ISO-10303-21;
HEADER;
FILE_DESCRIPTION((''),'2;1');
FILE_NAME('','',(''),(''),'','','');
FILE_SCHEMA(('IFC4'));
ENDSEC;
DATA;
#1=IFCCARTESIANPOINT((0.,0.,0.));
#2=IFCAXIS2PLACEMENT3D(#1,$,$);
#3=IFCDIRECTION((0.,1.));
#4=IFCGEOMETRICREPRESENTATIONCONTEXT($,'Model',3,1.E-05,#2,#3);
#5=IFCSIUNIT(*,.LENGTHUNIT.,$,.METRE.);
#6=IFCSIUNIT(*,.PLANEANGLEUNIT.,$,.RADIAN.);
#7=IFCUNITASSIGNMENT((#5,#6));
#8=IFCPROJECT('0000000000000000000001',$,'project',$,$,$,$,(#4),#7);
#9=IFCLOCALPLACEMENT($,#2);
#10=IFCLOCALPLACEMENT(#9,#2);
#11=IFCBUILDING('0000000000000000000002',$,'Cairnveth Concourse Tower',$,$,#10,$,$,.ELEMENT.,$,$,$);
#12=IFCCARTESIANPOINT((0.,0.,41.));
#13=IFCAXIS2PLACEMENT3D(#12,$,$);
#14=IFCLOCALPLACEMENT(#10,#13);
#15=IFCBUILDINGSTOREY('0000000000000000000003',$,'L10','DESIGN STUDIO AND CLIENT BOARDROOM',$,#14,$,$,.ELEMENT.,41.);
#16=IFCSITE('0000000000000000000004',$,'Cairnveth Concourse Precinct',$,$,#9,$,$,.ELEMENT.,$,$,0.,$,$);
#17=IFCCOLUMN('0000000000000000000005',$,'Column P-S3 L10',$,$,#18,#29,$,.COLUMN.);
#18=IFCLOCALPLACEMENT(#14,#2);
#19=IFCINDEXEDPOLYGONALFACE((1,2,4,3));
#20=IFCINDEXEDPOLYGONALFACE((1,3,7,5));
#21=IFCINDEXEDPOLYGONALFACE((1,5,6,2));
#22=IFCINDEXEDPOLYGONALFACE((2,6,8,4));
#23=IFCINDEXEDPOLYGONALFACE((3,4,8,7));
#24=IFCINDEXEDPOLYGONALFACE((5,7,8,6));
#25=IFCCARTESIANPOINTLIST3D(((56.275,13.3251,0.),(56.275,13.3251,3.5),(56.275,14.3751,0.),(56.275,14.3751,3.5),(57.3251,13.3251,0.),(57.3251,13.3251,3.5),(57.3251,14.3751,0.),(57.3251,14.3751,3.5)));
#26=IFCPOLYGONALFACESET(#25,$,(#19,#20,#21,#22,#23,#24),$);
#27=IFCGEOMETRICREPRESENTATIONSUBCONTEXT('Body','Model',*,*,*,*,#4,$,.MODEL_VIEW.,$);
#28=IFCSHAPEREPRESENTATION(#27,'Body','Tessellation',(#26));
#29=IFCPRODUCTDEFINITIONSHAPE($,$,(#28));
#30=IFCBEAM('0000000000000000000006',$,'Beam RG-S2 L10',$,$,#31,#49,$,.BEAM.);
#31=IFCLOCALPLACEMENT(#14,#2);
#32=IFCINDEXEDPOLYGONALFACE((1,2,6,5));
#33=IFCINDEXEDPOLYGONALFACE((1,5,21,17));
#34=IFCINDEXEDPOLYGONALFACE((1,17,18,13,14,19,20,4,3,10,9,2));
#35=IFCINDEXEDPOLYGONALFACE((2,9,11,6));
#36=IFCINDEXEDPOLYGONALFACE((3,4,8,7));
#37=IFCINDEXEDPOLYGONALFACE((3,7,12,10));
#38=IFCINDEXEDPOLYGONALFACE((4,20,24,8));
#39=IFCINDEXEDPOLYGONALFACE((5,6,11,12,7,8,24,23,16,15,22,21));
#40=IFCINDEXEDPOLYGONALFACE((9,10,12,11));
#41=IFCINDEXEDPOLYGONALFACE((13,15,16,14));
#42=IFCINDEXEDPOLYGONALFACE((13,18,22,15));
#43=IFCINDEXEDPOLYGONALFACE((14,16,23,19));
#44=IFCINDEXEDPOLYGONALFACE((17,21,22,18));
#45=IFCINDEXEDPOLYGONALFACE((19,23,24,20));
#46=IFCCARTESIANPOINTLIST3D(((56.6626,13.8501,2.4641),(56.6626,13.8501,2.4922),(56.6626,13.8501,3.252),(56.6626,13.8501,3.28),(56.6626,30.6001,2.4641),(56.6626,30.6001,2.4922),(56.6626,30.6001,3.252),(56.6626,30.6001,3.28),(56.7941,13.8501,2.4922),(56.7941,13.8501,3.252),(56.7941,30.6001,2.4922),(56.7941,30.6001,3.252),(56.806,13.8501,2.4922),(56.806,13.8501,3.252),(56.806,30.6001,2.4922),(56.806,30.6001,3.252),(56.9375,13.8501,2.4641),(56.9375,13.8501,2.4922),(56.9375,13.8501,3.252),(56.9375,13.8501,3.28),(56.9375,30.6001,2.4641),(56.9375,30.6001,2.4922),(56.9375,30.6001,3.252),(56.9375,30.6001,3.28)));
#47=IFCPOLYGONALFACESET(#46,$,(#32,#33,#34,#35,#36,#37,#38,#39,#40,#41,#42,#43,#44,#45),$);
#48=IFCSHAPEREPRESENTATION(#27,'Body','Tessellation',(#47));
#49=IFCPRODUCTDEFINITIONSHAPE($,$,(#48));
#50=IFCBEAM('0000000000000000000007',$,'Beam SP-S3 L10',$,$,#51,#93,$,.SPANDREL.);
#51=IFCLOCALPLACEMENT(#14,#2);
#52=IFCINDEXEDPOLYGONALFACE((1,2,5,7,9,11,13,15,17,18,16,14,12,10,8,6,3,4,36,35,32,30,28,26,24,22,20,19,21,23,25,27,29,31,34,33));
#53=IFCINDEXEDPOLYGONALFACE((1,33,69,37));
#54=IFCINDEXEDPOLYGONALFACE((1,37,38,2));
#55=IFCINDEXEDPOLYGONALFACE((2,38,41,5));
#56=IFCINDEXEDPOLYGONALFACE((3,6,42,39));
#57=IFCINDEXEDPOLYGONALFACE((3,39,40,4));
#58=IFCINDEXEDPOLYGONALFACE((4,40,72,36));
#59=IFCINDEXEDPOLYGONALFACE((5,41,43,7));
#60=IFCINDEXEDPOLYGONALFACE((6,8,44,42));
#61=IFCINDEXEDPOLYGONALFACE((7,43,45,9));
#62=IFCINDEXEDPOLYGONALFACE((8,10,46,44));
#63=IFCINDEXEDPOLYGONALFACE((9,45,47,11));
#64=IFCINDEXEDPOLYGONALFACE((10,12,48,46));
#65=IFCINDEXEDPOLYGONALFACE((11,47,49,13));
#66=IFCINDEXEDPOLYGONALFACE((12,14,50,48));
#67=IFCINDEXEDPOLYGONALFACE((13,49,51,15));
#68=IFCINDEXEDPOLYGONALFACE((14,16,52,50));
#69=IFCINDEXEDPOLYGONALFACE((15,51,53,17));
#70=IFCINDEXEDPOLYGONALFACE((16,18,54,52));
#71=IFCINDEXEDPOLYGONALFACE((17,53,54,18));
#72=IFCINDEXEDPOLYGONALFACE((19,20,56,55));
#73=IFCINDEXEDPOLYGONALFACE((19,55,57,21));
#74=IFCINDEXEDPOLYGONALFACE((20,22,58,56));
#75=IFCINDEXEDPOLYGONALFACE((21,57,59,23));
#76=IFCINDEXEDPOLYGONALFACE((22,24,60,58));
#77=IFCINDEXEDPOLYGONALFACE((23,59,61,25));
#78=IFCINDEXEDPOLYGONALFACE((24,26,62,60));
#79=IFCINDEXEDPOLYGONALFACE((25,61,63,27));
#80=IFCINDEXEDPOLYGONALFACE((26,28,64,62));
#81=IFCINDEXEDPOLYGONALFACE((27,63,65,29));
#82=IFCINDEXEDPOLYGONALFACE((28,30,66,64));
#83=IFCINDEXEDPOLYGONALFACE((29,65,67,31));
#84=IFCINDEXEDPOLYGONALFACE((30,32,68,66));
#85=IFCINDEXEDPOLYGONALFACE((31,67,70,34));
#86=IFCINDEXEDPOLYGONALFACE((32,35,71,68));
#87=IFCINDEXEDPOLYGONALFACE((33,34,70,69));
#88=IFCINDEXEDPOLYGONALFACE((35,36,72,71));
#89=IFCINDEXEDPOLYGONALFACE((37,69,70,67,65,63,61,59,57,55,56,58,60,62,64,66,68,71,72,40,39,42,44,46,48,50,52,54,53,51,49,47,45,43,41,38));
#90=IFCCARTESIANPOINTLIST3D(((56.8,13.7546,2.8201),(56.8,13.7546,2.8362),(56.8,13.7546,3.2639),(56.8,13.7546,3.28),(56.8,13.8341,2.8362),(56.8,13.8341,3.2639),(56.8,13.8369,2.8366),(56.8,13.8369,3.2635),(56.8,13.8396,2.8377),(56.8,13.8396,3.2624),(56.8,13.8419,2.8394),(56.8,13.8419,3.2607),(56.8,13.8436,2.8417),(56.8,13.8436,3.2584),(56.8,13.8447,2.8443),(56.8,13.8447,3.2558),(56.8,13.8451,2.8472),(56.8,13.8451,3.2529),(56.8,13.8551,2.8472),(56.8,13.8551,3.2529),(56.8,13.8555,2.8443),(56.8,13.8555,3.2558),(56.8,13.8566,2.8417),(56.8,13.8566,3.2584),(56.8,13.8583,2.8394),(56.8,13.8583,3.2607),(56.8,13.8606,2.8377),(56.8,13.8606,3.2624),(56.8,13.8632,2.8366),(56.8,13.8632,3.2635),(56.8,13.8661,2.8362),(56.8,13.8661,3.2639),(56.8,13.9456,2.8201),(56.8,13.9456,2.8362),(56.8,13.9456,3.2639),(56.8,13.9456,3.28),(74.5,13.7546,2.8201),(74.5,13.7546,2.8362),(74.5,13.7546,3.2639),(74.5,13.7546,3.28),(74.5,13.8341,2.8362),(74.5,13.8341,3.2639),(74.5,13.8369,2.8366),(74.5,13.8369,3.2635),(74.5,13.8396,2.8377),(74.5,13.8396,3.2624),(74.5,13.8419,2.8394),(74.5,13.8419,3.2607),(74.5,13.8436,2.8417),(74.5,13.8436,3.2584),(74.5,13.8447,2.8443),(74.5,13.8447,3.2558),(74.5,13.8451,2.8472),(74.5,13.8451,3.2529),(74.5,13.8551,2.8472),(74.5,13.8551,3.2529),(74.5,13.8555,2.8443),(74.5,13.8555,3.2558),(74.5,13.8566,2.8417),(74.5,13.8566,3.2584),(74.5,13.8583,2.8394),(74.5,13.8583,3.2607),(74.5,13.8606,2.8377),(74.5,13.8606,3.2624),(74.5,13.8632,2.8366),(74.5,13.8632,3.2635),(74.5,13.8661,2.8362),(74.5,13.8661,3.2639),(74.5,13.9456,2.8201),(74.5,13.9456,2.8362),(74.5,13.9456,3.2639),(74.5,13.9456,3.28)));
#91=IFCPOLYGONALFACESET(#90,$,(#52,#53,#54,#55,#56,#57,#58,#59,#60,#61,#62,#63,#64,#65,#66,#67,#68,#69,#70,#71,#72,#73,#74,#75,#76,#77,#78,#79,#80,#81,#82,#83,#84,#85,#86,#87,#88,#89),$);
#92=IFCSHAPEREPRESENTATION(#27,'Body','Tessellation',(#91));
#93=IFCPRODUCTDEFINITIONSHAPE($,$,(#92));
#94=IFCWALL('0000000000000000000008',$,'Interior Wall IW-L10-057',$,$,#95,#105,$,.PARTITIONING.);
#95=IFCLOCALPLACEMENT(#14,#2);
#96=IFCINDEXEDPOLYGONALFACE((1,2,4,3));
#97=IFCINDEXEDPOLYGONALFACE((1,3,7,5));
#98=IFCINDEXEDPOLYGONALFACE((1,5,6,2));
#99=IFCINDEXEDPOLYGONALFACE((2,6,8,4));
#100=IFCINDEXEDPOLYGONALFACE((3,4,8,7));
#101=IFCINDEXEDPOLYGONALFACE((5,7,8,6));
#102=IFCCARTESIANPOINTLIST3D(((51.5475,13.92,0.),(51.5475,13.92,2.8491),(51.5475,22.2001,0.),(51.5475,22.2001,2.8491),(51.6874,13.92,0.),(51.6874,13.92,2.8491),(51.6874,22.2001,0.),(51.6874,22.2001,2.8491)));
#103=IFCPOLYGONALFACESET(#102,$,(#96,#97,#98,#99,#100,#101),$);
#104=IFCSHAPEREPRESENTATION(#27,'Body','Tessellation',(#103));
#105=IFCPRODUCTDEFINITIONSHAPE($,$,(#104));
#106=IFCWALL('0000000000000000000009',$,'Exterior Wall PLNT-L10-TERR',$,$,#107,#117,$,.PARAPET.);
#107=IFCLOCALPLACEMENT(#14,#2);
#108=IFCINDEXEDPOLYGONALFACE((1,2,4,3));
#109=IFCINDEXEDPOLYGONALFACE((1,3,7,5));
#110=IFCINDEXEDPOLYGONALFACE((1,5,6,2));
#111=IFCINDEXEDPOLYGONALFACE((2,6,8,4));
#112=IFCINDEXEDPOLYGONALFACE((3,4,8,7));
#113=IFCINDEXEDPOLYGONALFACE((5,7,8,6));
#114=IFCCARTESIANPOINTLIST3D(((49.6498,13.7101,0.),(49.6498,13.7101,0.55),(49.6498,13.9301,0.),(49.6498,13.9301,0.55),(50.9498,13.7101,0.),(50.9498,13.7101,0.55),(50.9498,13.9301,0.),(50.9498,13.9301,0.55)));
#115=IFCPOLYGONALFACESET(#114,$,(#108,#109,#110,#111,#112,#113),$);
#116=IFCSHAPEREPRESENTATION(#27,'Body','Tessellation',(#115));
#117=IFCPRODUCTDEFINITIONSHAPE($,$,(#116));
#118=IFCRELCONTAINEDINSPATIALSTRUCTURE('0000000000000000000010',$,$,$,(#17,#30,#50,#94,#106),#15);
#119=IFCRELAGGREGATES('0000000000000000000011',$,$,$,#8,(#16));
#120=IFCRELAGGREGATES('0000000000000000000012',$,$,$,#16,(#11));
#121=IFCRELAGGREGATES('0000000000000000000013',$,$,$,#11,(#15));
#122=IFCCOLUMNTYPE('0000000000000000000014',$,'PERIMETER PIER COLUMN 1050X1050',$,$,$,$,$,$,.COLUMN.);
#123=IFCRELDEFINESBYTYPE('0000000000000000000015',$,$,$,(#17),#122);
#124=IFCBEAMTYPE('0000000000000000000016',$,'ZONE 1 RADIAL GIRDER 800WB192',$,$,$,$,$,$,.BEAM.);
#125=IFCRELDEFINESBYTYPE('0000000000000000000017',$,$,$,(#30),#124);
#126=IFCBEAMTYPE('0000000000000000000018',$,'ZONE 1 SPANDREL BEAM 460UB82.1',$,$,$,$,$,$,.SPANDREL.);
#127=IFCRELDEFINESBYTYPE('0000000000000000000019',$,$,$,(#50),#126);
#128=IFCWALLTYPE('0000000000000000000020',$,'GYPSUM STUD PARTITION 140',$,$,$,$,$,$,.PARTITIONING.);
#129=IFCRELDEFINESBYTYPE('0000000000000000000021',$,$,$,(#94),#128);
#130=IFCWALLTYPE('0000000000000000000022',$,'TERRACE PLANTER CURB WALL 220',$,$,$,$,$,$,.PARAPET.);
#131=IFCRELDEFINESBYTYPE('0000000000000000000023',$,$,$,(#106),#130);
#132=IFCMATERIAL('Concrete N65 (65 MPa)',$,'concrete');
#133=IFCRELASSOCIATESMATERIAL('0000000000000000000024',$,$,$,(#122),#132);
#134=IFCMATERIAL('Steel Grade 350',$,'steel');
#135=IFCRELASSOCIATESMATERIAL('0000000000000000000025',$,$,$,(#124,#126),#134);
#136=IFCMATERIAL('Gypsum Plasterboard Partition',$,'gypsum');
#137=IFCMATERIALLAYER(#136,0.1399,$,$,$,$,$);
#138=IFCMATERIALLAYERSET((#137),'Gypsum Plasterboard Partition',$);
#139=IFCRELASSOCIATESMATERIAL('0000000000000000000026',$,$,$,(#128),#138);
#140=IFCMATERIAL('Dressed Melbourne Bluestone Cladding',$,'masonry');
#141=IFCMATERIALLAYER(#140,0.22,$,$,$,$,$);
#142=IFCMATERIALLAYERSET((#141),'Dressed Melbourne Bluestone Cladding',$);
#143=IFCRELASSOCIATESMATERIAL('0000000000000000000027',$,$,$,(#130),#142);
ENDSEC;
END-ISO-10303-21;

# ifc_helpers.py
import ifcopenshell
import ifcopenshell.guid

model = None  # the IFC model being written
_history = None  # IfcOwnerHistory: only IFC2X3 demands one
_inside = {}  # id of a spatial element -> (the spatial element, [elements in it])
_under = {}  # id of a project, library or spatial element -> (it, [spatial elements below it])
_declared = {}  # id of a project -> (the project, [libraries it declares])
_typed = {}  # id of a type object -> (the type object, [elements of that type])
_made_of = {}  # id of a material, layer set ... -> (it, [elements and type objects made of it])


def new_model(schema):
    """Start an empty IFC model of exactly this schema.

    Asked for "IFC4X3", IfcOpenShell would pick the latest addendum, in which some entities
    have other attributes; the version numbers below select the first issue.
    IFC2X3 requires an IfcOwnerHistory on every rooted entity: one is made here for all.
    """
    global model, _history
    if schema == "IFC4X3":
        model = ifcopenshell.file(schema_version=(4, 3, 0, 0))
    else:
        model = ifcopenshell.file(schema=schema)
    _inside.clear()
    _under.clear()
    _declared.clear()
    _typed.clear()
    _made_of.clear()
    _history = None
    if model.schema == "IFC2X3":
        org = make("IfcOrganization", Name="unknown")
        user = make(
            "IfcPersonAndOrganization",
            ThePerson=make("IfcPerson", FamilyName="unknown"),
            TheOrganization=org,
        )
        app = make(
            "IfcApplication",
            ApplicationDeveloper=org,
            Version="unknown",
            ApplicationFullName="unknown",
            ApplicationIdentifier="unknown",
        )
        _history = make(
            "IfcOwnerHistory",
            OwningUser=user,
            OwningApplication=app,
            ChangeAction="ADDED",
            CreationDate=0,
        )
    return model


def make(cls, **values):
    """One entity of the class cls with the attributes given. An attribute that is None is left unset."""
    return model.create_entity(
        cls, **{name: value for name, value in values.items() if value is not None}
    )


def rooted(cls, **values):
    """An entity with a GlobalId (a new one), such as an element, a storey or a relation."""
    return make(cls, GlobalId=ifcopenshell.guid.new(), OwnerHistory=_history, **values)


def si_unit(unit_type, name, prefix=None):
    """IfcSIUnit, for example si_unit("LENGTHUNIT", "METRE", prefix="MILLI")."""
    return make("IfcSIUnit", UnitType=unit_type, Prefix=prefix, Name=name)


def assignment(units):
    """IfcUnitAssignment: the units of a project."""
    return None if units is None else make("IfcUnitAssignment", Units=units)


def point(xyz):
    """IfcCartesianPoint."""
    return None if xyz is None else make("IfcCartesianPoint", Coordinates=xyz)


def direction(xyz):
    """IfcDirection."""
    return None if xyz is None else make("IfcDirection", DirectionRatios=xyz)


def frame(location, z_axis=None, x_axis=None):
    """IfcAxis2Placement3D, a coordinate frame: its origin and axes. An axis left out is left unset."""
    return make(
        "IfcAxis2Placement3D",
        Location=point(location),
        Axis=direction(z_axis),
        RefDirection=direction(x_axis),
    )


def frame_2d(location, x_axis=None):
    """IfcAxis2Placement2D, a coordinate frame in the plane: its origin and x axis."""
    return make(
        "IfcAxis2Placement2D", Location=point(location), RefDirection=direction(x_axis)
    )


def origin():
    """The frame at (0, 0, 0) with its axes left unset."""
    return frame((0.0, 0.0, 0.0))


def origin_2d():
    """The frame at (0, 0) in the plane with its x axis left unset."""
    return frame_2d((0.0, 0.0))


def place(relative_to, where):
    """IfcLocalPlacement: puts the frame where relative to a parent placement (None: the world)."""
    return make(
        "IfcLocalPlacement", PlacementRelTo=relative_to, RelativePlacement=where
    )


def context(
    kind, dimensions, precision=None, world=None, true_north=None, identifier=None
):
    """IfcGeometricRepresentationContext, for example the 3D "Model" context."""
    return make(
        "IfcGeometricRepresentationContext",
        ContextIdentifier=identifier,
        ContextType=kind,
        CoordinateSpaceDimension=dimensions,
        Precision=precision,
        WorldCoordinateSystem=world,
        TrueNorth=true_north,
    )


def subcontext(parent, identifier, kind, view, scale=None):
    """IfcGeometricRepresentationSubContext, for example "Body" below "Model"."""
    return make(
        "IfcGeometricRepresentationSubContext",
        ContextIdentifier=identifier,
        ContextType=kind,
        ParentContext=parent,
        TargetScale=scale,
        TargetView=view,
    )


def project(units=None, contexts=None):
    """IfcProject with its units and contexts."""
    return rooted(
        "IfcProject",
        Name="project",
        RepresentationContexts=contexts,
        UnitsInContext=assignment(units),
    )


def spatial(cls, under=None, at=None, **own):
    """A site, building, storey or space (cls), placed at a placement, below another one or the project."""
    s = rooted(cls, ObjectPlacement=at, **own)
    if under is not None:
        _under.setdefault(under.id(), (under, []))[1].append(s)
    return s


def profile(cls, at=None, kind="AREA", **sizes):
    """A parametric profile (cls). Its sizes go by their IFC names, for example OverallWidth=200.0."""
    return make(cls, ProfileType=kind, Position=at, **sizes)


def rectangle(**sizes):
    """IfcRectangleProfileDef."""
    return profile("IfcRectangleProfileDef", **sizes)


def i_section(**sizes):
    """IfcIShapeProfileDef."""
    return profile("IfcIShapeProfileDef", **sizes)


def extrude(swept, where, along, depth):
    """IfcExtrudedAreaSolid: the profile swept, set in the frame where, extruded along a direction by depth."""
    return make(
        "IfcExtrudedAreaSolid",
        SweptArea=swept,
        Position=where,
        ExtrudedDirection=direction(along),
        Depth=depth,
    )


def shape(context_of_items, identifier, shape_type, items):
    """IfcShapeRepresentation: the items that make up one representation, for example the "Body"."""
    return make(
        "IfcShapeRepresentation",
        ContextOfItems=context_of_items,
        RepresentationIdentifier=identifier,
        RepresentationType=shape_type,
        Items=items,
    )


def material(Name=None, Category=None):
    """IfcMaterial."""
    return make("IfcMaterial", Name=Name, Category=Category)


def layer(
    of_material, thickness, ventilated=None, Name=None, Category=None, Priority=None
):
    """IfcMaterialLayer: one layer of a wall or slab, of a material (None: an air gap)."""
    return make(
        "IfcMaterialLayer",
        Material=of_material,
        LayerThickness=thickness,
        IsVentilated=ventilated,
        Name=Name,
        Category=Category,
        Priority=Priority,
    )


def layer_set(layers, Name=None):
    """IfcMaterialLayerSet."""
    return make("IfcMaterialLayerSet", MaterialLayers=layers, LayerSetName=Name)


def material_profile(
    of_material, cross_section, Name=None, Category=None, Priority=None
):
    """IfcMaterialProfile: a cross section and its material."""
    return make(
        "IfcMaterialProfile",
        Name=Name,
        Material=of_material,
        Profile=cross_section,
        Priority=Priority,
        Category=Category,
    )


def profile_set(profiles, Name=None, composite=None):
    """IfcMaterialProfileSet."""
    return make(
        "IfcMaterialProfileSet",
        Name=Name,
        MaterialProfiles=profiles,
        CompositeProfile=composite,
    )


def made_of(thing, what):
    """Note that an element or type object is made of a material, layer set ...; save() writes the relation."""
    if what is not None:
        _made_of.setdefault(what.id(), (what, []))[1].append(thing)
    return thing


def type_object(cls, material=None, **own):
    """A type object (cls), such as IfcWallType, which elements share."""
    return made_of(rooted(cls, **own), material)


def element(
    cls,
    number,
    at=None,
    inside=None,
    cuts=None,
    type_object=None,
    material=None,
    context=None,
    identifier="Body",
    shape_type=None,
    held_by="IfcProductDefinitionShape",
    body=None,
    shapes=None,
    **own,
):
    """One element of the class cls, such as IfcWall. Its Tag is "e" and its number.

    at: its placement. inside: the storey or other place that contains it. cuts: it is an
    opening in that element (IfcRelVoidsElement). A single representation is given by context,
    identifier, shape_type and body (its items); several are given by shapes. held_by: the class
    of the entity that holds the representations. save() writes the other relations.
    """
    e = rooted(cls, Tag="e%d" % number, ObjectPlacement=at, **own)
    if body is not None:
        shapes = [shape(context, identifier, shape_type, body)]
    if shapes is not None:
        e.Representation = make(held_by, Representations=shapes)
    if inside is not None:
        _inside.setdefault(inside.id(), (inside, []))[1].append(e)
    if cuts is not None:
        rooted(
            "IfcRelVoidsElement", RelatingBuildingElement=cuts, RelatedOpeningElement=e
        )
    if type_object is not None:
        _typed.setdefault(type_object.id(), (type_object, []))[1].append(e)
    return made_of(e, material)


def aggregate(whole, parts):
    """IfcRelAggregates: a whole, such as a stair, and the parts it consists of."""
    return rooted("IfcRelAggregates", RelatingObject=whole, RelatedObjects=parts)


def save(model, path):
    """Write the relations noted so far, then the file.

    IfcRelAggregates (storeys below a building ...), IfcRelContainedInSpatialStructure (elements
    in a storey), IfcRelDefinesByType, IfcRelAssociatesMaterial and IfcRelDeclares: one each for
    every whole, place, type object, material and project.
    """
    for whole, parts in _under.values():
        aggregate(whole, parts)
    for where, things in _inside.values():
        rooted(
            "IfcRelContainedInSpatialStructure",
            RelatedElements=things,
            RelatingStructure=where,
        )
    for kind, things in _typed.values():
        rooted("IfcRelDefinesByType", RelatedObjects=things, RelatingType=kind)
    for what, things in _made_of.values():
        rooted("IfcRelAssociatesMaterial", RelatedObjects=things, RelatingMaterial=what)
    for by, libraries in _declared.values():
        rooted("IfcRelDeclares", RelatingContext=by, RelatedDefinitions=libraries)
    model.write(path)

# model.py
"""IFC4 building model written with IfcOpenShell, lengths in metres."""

from ifc_helpers import new_model, si_unit, direction, frame, frame_2d, origin, origin_2d, place, context, subcontext, project, spatial, rectangle, i_section, extrude, material, layer, layer_set, material_profile, profile_set, type_object, element, save


model = new_model("IFC4")

# Units and contexts
model_context = context("Model", 3, precision=1e-05, world=origin(), true_north=direction((0.0, 1.0)))
body_context = subcontext(model_context, "Body", "Model", "MODEL_VIEW")
ifc_project = project(units=[si_unit("LENGTHUNIT", "METRE"), si_unit("PLANEANGLEUNIT", "RADIAN")], contexts=[model_context])

# Site, building, storey
site_placement = place(None, origin())
site = spatial("IfcSite", under=ifc_project, at=site_placement, Name="Cairnveth Concourse Precinct", CompositionType="ELEMENT", RefElevation=0.0)
building_placement = place(site_placement, origin())
building = spatial("IfcBuilding", under=site, at=building_placement, Name="Cairnveth Concourse Tower", CompositionType="ELEMENT")
storey_placement = place(building_placement, frame((0.0, 0.0, 41.0)))
storey = spatial("IfcBuildingStorey", under=building, at=storey_placement, Name="L10", Description="DESIGN STUDIO AND CLIENT BOARDROOM", CompositionType="ELEMENT", Elevation=41.0)

# Column
ifc_material_1 = material(Name="Concrete N65 (65 MPa)", Category="concrete")
ifc_material_profile_1 = material_profile(ifc_material_1, rectangle(XDim=1.05, YDim=1.05, at=origin_2d()), Name="RC-COL-1050x1050")
ifc_profile_set_1 = profile_set([ifc_material_profile_1], Name="Concrete N65 (65 MPa)")
column_type = type_object("IfcColumnType", Name="PERIMETER PIER COLUMN 1050X1050", PredefinedType="COLUMN", material=ifc_profile_set_1)
column_placement = place(storey_placement, frame((56.8, 13.8501, 0.0), z_axis=(0.0, 0.0, 1.0), x_axis=(1.0, 0.0, 0.0)))
element("IfcColumn", 1, at=column_placement, inside=storey, type_object=column_type, Name="Column P-S3 L10", PredefinedType="COLUMN", context=body_context, shape_type="SweptSolid", body=[
    extrude(rectangle(XDim=1.05, YDim=1.05, at=origin_2d()), origin(), (0.0, 0.0, 1.0), 3.5),
])

# Beams
ifc_material_2 = material(Name="Steel Grade 350", Category="steel")
ifc_material_profile_2 = material_profile(ifc_material_2, i_section(OverallWidth=0.2749, OverallDepth=0.8159, WebThickness=0.012, FlangeThickness=0.0281, at=origin_2d()), Name="800WB192")
ifc_profile_set_2 = profile_set([ifc_material_profile_2], Name="Steel Grade 350")
beam_type_1 = type_object("IfcBeamType", Name="ZONE 1 RADIAL GIRDER 800WB192", PredefinedType="BEAM", material=ifc_profile_set_2)
beam_1_placement = place(storey_placement, frame((56.8, 13.8501, 2.8721), z_axis=(0.0, 1.0, 0.0), x_axis=(-1.0, 0.0, 0.0)))
element("IfcBeam", 2, at=beam_1_placement, inside=storey, type_object=beam_type_1, Name="Beam RG-S2 L10", PredefinedType="BEAM", context=body_context, shape_type="SweptSolid", body=[
    extrude(i_section(OverallWidth=0.2749, OverallDepth=0.8159, WebThickness=0.012, FlangeThickness=0.0281, at=origin_2d()), origin(), (0.0, 0.0, 1.0), 16.75),
])
ifc_material_profile_3 = material_profile(ifc_material_2, i_section(OverallWidth=0.1909, OverallDepth=0.46, WebThickness=0.01, FlangeThickness=0.0161, FilletRadius=0.011, at=origin_2d()), Name="460UB82.1")
ifc_profile_set_3 = profile_set([ifc_material_profile_3], Name="Steel Grade 350")
beam_type_2 = type_object("IfcBeamType", Name="ZONE 1 SPANDREL BEAM 460UB82.1", PredefinedType="SPANDREL", material=ifc_profile_set_3)
beam_2_placement = place(storey_placement, frame((56.8, 13.8501, 3.05), z_axis=(1.0, 0.0, 0.0), x_axis=(0.0, 1.0, 0.0)))
element("IfcBeam", 3, at=beam_2_placement, inside=storey, type_object=beam_type_2, Name="Beam SP-S3 L10", PredefinedType="SPANDREL", context=body_context, shape_type="SweptSolid", body=[
    extrude(i_section(OverallWidth=0.1909, OverallDepth=0.46, WebThickness=0.01, FlangeThickness=0.0161, FilletRadius=0.011, at=origin_2d()), origin(), (0.0, 0.0, 1.0), 17.7),
])

# Walls
ifc_material_3 = material(Name="Gypsum Plasterboard Partition", Category="gypsum")
ifc_layer_1 = layer(ifc_material_3, 0.1399)
ifc_layer_set_1 = layer_set([ifc_layer_1], Name="Gypsum Plasterboard Partition")
wall_type_1 = type_object("IfcWallType", Name="GYPSUM STUD PARTITION 140", PredefinedType="PARTITIONING", material=ifc_layer_set_1)
wall_1_placement = place(storey_placement, frame((51.6174, 13.9199, 0.0), z_axis=(0.0, 0.0, 1.0), x_axis=(0.0, 1.0, 0.0)))
element("IfcWall", 4, at=wall_1_placement, inside=storey, type_object=wall_type_1, Name="Interior Wall IW-L10-057", PredefinedType="PARTITIONING", context=body_context, shape_type="SweptSolid", body=[
    extrude(rectangle(XDim=8.28, YDim=0.1399, at=frame_2d((4.1401, 0.0))), origin(), (0.0, 0.0, 1.0), 2.8491),
])
ifc_material_4 = material(Name="Dressed Melbourne Bluestone Cladding", Category="masonry")
ifc_layer_2 = layer(ifc_material_4, 0.22)
ifc_layer_set_2 = layer_set([ifc_layer_2], Name="Dressed Melbourne Bluestone Cladding")
wall_type_2 = type_object("IfcWallType", Name="TERRACE PLANTER CURB WALL 220", PredefinedType="PARAPET", material=ifc_layer_set_2)
wall_2_placement = place(storey_placement, frame((49.6499, 13.8201, 0.0), z_axis=(0.0, 0.0, 1.0), x_axis=(1.0, 0.0, 0.0)))
element("IfcWall", 5, at=wall_2_placement, inside=storey, type_object=wall_type_2, Name="Exterior Wall PLNT-L10-TERR", PredefinedType="PARAPET", context=body_context, shape_type="SweptSolid", body=[
    extrude(rectangle(XDim=1.3, YDim=0.22, at=frame_2d((0.6499, 0.0))), origin(), (0.0, 0.0, 1.0), 0.55),
])

save(model, "model.ifc")
